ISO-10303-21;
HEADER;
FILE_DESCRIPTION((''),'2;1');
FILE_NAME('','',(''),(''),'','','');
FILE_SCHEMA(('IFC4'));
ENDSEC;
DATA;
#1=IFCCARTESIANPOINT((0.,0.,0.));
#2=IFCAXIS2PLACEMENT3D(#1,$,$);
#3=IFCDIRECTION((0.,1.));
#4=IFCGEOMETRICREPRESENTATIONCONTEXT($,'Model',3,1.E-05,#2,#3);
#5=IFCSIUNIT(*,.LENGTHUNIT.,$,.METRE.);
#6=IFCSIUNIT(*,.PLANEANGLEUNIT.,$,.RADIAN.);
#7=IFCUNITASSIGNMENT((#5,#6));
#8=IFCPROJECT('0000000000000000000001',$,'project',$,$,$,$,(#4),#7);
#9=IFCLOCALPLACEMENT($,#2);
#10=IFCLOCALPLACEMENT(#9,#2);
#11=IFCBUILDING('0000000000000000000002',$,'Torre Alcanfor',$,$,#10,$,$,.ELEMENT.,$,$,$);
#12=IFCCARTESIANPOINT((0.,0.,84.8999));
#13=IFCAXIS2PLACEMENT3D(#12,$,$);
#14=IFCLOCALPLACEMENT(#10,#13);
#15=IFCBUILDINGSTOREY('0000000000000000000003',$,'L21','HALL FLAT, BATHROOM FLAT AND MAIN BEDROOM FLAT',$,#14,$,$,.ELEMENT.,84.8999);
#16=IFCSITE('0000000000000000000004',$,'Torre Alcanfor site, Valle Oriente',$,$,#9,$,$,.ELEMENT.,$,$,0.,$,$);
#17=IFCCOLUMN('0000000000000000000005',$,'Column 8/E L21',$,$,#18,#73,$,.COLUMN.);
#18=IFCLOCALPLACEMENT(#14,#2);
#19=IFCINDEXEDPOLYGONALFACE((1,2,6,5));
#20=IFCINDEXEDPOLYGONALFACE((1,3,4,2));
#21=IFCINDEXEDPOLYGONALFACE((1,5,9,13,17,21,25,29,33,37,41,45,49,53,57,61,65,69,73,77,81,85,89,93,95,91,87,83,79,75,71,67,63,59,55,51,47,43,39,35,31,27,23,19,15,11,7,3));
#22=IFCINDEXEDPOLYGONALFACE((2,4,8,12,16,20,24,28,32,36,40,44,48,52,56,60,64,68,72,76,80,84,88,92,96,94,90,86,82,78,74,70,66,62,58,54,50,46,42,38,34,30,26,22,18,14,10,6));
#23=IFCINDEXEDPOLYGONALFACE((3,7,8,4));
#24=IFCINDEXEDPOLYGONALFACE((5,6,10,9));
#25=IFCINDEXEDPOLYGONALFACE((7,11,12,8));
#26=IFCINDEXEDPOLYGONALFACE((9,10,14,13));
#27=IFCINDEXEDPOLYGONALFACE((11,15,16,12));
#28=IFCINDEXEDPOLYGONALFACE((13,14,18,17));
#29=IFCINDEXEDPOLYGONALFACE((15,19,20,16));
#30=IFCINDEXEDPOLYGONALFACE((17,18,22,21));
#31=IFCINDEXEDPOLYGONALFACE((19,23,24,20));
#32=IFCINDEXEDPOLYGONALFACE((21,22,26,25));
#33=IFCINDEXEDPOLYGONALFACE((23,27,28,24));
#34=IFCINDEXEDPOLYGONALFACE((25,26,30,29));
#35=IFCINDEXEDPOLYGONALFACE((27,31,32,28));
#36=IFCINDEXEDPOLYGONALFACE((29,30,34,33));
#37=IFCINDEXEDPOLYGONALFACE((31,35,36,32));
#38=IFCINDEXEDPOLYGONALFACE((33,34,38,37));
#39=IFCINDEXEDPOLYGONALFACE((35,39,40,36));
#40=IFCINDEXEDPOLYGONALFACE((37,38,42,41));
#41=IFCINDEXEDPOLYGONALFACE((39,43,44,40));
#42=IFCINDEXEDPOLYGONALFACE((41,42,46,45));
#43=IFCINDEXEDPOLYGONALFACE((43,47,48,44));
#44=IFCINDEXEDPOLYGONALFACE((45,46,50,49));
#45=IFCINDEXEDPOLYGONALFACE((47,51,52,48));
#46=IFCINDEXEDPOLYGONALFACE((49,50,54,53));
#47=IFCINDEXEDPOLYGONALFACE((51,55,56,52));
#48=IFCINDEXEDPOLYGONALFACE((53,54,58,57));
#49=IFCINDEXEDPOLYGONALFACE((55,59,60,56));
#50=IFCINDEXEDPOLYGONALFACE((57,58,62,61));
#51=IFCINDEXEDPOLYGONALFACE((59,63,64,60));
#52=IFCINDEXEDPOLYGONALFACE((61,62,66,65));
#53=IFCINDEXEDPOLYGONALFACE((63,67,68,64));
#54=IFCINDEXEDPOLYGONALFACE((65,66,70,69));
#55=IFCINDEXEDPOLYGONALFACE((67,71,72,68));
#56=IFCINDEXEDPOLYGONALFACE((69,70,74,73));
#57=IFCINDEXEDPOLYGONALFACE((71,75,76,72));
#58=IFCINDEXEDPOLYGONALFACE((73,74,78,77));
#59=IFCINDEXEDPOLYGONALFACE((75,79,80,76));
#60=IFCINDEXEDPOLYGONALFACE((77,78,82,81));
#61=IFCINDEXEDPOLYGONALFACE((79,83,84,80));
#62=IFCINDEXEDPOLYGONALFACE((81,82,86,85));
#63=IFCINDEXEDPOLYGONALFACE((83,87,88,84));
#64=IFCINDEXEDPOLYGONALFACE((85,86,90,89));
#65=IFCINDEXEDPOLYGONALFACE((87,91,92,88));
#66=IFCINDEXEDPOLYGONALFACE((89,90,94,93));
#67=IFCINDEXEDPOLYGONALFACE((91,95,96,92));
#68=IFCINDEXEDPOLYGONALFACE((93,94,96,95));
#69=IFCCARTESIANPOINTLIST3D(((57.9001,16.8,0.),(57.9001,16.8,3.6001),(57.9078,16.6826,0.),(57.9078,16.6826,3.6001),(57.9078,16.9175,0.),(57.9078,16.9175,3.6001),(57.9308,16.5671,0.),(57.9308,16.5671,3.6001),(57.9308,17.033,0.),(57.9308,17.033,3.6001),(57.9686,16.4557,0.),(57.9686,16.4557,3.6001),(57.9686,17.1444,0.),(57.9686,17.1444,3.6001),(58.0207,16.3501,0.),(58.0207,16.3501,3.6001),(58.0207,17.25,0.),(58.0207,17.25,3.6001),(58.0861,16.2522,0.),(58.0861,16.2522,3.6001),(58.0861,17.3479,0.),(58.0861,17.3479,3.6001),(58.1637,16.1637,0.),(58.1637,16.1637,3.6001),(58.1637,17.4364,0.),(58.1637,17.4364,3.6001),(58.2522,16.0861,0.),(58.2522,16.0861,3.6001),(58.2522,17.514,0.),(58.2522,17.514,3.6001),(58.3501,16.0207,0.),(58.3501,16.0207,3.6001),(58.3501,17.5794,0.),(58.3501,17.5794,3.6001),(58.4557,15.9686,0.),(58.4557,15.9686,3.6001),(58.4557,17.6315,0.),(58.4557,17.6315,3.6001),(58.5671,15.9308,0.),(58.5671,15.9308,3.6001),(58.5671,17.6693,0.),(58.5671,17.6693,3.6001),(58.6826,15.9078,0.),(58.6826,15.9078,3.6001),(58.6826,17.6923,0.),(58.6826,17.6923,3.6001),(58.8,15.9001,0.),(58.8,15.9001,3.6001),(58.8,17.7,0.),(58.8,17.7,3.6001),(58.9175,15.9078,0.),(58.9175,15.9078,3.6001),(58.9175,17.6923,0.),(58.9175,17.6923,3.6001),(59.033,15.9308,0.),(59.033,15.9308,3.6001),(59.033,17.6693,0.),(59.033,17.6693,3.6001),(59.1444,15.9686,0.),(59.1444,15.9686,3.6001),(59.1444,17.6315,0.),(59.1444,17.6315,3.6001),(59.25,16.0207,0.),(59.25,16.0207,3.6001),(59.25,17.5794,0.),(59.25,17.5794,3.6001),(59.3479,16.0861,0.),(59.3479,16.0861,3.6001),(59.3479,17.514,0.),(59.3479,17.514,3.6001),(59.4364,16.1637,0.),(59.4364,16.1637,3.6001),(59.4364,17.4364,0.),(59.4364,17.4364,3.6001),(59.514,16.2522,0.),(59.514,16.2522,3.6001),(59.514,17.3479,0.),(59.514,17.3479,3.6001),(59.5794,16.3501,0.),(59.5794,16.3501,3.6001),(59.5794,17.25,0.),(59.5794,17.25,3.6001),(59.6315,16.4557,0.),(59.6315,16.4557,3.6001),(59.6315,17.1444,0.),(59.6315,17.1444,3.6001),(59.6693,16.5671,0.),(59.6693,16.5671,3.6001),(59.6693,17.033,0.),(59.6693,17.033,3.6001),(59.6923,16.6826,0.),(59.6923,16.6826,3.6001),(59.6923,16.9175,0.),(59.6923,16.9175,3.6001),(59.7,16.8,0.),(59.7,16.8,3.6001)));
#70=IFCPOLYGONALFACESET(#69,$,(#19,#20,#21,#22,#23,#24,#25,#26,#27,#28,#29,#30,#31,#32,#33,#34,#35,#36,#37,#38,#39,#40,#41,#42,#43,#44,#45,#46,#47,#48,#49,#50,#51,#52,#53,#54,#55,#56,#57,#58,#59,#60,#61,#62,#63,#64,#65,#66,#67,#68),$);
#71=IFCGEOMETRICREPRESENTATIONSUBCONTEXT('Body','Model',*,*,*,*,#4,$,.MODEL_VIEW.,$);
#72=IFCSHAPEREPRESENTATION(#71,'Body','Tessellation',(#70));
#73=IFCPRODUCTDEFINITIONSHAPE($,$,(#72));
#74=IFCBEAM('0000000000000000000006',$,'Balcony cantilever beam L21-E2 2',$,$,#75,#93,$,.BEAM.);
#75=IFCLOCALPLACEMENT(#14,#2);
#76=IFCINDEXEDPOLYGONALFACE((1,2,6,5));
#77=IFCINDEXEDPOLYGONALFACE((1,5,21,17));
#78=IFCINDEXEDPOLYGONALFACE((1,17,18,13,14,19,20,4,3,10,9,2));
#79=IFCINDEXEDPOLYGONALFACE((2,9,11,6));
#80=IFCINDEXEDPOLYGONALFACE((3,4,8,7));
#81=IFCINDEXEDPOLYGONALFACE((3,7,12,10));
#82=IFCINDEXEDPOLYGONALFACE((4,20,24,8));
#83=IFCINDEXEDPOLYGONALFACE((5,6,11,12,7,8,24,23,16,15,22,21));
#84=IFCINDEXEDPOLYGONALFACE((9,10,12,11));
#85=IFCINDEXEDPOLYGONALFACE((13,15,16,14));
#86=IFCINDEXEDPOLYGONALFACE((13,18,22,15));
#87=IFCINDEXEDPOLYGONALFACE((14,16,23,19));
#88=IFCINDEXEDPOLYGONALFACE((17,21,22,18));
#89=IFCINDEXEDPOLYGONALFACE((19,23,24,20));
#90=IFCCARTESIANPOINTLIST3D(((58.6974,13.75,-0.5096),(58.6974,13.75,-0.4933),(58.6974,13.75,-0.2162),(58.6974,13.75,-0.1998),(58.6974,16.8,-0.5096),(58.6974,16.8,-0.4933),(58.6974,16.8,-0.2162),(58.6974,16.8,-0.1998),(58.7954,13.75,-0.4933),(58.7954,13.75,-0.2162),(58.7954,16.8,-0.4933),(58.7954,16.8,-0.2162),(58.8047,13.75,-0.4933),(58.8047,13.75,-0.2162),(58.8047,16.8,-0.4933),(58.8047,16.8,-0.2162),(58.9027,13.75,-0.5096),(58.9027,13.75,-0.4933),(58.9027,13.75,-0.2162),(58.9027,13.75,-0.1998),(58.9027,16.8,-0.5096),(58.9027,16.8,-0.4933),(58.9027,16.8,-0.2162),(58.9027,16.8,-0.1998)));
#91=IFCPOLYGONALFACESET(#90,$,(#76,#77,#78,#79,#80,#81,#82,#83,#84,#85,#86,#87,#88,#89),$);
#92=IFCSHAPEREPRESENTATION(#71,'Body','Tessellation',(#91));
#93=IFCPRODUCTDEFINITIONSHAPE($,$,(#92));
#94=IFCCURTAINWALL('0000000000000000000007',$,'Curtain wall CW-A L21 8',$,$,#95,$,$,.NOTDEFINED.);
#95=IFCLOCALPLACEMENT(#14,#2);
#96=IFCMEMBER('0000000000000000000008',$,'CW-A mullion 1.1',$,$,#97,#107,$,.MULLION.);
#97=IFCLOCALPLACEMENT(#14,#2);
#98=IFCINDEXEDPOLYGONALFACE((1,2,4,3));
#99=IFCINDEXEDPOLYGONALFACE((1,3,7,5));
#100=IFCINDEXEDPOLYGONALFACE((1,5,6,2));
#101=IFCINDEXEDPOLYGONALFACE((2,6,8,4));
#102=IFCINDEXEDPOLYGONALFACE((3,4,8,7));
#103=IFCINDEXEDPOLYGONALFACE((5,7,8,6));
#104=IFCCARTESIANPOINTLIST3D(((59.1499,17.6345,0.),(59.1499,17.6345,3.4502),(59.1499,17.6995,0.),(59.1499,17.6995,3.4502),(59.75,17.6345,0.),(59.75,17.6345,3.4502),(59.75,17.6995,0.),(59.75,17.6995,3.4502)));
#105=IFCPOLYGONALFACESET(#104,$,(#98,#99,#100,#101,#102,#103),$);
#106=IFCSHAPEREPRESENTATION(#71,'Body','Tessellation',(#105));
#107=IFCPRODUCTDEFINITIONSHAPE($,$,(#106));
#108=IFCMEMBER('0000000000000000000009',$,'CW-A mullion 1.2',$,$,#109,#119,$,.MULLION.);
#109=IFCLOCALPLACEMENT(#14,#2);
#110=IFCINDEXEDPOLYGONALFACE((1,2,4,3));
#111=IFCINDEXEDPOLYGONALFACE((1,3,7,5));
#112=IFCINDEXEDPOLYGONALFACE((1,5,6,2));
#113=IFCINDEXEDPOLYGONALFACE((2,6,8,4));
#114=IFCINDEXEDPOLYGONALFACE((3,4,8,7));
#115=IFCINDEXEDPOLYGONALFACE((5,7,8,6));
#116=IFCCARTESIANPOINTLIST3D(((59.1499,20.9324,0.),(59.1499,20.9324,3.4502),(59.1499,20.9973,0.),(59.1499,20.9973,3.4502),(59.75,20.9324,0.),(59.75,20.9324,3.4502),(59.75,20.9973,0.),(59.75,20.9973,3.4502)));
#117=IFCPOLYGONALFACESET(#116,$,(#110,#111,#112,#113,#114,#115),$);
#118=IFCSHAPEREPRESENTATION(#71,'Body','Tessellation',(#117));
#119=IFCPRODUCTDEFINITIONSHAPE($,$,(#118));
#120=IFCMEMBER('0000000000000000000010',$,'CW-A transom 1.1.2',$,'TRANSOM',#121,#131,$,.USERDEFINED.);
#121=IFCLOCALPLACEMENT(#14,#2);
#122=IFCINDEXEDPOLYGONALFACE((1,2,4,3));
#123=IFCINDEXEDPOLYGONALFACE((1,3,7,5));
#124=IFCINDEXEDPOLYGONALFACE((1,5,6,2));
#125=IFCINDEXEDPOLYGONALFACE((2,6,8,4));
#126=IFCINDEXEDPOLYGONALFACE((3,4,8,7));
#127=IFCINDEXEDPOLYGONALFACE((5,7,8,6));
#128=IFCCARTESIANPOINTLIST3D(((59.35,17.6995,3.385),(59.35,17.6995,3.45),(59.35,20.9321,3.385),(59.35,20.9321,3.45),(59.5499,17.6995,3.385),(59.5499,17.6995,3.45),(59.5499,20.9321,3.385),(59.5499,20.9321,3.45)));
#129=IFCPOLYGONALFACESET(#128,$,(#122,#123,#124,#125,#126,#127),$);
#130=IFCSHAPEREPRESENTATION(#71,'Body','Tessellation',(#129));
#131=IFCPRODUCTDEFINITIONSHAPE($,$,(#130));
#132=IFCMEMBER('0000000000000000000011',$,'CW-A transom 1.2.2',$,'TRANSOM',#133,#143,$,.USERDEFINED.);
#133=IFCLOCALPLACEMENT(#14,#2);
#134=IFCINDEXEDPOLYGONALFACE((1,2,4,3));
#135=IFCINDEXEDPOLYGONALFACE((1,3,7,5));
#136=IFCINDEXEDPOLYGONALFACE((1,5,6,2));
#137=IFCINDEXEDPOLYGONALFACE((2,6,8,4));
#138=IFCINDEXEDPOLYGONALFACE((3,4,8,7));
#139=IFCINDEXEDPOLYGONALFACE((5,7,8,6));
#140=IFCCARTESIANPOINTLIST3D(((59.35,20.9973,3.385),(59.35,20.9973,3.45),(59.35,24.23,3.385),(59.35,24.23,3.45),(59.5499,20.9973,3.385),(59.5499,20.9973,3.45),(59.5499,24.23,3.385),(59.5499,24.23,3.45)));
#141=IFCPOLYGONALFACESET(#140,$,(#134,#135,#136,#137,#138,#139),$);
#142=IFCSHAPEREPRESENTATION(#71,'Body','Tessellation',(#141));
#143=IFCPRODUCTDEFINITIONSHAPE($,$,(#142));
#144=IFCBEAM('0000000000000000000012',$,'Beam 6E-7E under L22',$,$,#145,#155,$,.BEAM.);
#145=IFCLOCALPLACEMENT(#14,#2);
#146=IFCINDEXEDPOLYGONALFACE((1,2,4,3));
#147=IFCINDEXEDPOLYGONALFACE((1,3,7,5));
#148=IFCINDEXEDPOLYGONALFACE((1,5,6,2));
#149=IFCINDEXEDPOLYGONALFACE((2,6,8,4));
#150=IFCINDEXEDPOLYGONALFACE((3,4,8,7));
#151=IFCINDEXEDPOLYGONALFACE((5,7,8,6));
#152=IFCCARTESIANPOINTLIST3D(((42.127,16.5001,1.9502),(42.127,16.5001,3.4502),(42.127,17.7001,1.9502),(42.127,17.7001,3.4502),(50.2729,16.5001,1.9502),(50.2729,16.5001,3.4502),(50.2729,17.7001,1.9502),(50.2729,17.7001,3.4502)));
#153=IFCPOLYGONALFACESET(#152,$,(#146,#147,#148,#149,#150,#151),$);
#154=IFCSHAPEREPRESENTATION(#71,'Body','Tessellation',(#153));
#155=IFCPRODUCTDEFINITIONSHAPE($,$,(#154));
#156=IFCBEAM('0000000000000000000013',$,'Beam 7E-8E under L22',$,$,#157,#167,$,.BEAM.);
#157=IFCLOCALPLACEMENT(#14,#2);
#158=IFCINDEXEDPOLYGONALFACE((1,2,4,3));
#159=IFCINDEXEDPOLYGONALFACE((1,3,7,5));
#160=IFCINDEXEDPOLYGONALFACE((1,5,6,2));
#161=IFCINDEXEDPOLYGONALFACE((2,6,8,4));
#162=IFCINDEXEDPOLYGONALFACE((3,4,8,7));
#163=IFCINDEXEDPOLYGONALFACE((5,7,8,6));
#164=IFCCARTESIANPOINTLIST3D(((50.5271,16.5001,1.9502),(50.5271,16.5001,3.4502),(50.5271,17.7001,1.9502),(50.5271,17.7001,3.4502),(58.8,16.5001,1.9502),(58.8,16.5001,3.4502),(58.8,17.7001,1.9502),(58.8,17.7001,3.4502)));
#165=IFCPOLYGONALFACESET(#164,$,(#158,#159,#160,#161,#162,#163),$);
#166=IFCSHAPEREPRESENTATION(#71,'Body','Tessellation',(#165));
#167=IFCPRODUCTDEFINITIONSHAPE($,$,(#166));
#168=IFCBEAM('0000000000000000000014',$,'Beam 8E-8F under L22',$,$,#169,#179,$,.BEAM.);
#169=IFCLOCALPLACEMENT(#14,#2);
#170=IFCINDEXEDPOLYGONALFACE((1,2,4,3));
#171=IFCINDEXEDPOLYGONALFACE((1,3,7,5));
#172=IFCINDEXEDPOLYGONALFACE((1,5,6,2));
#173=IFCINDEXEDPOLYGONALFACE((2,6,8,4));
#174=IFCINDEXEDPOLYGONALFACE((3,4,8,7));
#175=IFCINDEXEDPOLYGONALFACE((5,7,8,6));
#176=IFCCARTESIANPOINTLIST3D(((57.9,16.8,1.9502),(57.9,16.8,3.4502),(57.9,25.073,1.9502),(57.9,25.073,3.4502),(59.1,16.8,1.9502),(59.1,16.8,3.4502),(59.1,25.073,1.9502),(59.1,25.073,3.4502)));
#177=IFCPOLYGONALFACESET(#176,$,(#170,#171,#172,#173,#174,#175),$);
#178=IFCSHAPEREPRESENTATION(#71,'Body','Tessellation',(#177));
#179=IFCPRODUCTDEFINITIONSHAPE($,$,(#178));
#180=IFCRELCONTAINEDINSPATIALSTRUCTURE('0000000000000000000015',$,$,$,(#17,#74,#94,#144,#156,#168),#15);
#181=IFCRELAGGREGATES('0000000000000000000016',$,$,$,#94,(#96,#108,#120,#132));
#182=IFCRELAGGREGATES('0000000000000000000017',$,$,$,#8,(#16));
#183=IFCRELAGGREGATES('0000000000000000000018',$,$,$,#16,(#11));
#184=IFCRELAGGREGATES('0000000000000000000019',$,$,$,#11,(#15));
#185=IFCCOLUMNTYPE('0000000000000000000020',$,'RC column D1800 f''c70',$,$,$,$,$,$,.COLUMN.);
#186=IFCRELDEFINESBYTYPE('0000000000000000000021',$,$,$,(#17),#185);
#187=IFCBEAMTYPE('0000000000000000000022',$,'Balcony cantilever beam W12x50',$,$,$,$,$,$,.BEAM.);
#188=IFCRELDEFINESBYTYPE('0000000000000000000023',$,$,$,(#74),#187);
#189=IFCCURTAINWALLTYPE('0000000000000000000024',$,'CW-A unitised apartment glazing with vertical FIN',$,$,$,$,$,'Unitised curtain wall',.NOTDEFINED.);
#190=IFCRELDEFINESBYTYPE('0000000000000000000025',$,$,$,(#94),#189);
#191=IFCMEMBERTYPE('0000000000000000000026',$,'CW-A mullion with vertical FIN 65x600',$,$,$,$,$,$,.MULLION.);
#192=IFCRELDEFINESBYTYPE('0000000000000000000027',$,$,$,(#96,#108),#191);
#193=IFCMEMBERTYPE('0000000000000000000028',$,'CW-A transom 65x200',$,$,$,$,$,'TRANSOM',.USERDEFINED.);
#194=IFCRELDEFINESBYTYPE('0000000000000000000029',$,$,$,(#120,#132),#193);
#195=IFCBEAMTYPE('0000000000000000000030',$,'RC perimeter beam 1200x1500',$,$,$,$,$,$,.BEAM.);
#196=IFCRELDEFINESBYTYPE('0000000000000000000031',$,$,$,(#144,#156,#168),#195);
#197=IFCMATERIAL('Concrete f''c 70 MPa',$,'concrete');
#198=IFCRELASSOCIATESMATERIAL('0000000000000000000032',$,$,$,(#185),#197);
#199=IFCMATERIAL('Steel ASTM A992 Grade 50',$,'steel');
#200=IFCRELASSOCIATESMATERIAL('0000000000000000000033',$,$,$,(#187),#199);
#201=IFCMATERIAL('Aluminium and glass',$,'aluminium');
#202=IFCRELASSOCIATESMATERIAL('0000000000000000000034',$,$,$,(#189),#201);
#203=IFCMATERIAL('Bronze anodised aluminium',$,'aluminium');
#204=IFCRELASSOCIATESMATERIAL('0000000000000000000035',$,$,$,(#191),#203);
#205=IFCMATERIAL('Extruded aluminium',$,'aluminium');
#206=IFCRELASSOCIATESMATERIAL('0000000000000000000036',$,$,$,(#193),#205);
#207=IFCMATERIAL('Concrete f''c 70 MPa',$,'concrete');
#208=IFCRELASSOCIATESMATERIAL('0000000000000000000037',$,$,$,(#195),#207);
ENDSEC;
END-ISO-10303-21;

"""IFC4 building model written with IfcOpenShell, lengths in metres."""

from ifc_helpers import new_model, si_unit, direction, frame, origin, origin_2d, place, context, subcontext, project, spatial, rectangle, circle, i_section, extrude, material, material_profile, profile_set, type_object, element, aggregate, save


model = new_model("IFC4")

# Units and contexts
model_context = context("Model", 3, precision=1e-05, world=origin(), true_north=direction((0.0, 1.0)))
body_context = subcontext(model_context, "Body", "Model", "MODEL_VIEW")
ifc_project = project(units=[si_unit("LENGTHUNIT", "METRE"), si_unit("PLANEANGLEUNIT", "RADIAN")], contexts=[model_context])

# Site, building, storey
site_placement = place(None, origin())
site = spatial("IfcSite", under=ifc_project, at=site_placement, Name="Torre Alcanfor site, Valle Oriente", CompositionType="ELEMENT", RefElevation=0.0)
building_placement = place(site_placement, origin())
building = spatial("IfcBuilding", under=site, at=building_placement, Name="Torre Alcanfor", CompositionType="ELEMENT")
storey_placement = place(building_placement, frame((0.0, 0.0, 84.8999)))
storey = spatial("IfcBuildingStorey", under=building, at=storey_placement, Name="L21", Description="HALL FLAT, BATHROOM FLAT AND MAIN BEDROOM FLAT", CompositionType="ELEMENT", Elevation=84.8999)

# Column
ifc_material_1 = material(Name="Concrete f'c 70 MPa", Category="concrete")
ifc_material_profile_1 = material_profile(ifc_material_1, circle(Radius=0.8999, at=origin_2d()), Name="D1800")
ifc_profile_set_1 = profile_set([ifc_material_profile_1], Name="Concrete f'c 70 MPa")
column_type = type_object("IfcColumnType", Name="RC column D1800 f'c70", PredefinedType="COLUMN", material=ifc_profile_set_1)
column_placement = place(storey_placement, frame((58.8, 16.8, 0.0), z_axis=(0.0, 0.0, 1.0), x_axis=(1.0, 0.0, 0.0)))
element("IfcColumn", 1, at=column_placement, inside=storey, type_object=column_type, Name="Column 8/E L21", PredefinedType="COLUMN", context=body_context, shape_type="SweptSolid", body=[
    extrude(circle(Radius=0.8999, at=origin_2d()), origin(), (0.0, 0.0, 1.0), 3.6001),
])

# Beam
ifc_material_2 = material(Name="Steel ASTM A992 Grade 50", Category="steel")
ifc_material_profile_2 = material_profile(ifc_material_2, i_section(OverallWidth=0.2053, OverallDepth=0.3098, WebThickness=0.0093, FlangeThickness=0.0164, at=origin_2d()), Name="W12x50")
ifc_profile_set_2 = profile_set([ifc_material_profile_2], Name="Steel ASTM A992 Grade 50")
beam_type_1 = type_object("IfcBeamType", Name="Balcony cantilever beam W12x50", PredefinedType="BEAM", material=ifc_profile_set_2)
beam_1_placement = place(storey_placement, frame((58.8, 16.8, -0.3547), z_axis=(0.0, -1.0, 0.0), x_axis=(1.0, 0.0, 0.0)))
element("IfcBeam", 2, at=beam_1_placement, inside=storey, type_object=beam_type_1, Name="Balcony cantilever beam L21-E2 2", PredefinedType="BEAM", context=body_context, shape_type="SweptSolid", body=[
    extrude(i_section(OverallWidth=0.2053, OverallDepth=0.3098, WebThickness=0.0093, FlangeThickness=0.0164, at=origin_2d()), origin(), (0.0, 0.0, 1.0), 3.05),
])

# Curtain wall, members
ifc_material_3 = material(Name="Aluminium and glass", Category="aluminium")
curtain_wall_type = type_object("IfcCurtainWallType", Name="CW-A unitised apartment glazing with vertical FIN", ElementType="Unitised curtain wall", PredefinedType="NOTDEFINED", material=ifc_material_3)
curtain_wall_placement = place(storey_placement, origin())
curtain_wall = element("IfcCurtainWall", 3, at=curtain_wall_placement, inside=storey, type_object=curtain_wall_type, Name="Curtain wall CW-A L21 8", PredefinedType="NOTDEFINED")
ifc_material_4 = material(Name="Bronze anodised aluminium", Category="aluminium")
ifc_material_profile_3 = material_profile(ifc_material_4, rectangle(XDim=0.6001, YDim=0.0649, at=origin_2d()), Name="CW-A mullion 65x600")
ifc_profile_set_3 = profile_set([ifc_material_profile_3], Name="Bronze anodised aluminium")
member_type_1 = type_object("IfcMemberType", Name="CW-A mullion with vertical FIN 65x600", PredefinedType="MULLION", material=ifc_profile_set_3)
member_1_placement = place(storey_placement, frame((59.45, 17.667, 0.0), z_axis=(0.0, 0.0, 1.0), x_axis=(-1.0, 0.0, 0.0)))
member_1 = element("IfcMember", 4, at=member_1_placement, type_object=member_type_1, Name="CW-A mullion 1.1", PredefinedType="MULLION", context=body_context, shape_type="SweptSolid", body=[
    extrude(rectangle(XDim=0.6001, YDim=0.0649, at=origin_2d()), origin(), (0.0, 0.0, 1.0), 3.4502),
])
member_2_placement = place(storey_placement, frame((59.45, 20.9648, 0.0), z_axis=(0.0, 0.0, 1.0), x_axis=(-1.0, 0.0, 0.0)))
member_2 = element("IfcMember", 5, at=member_2_placement, type_object=member_type_1, Name="CW-A mullion 1.2", PredefinedType="MULLION", context=body_context, shape_type="SweptSolid", body=[
    extrude(rectangle(XDim=0.6001, YDim=0.0649, at=origin_2d()), origin(), (0.0, 0.0, 1.0), 3.4502),
])
ifc_material_5 = material(Name="Extruded aluminium", Category="aluminium")
ifc_material_profile_4 = material_profile(ifc_material_5, rectangle(XDim=0.2, YDim=0.0649, at=origin_2d()), Name="CW-A transom 200x65")
ifc_profile_set_4 = profile_set([ifc_material_profile_4], Name="Extruded aluminium")
member_type_2 = type_object("IfcMemberType", Name="CW-A transom 65x200", ElementType="TRANSOM", PredefinedType="USERDEFINED", material=ifc_profile_set_4)
member_3_placement = place(storey_placement, frame((59.45, 17.6995, 3.4175), z_axis=(0.0, 1.0, 0.0), x_axis=(-1.0, 0.0, 0.0)))
member_3 = element("IfcMember", 6, at=member_3_placement, type_object=member_type_2, Name="CW-A transom 1.1.2", ObjectType="TRANSOM", PredefinedType="USERDEFINED", context=body_context, shape_type="SweptSolid", body=[
    extrude(rectangle(XDim=0.2, YDim=0.0649, at=origin_2d()), origin(), (0.0, 0.0, 1.0), 3.2327),
])
member_4_placement = place(storey_placement, frame((59.45, 20.9973, 3.4175), z_axis=(0.0, 1.0, 0.0), x_axis=(-1.0, 0.0, 0.0)))
member_4 = element("IfcMember", 7, at=member_4_placement, type_object=member_type_2, Name="CW-A transom 1.2.2", ObjectType="TRANSOM", PredefinedType="USERDEFINED", context=body_context, shape_type="SweptSolid", body=[
    extrude(rectangle(XDim=0.2, YDim=0.0649, at=origin_2d()), origin(), (0.0, 0.0, 1.0), 3.2327),
])

# Beams
ifc_material_6 = material(Name="Concrete f'c 70 MPa", Category="concrete")
ifc_material_profile_5 = material_profile(ifc_material_6, rectangle(XDim=1.2, YDim=1.5, at=origin_2d()), Name="1200x1500")
ifc_profile_set_5 = profile_set([ifc_material_profile_5], Name="Concrete f'c 70 MPa")
beam_type_2 = type_object("IfcBeamType", Name="RC perimeter beam 1200x1500", PredefinedType="BEAM", material=ifc_profile_set_5)
beam_2_placement = place(storey_placement, frame((42.127, 17.1001, 2.7002), z_axis=(1.0, 0.0, 0.0), x_axis=(0.0, 1.0, 0.0)))
element("IfcBeam", 8, at=beam_2_placement, inside=storey, type_object=beam_type_2, Name="Beam 6E-7E under L22", PredefinedType="BEAM", context=body_context, shape_type="SweptSolid", body=[
    extrude(rectangle(XDim=1.2, YDim=1.5, at=origin_2d()), origin(), (0.0, 0.0, 1.0), 8.146),
])
for number, where, z_axis, x_axis, name in (
    (9, (50.5271, 17.1001, 2.7002), (1.0, 0.0, 0.0), (0.0, 1.0, 0.0), "Beam 7E-8E under L22"),
    (10, (58.5, 16.8, 2.7002), (0.0, 1.0, 0.0), (-1.0, 0.0, 0.0), "Beam 8E-8F under L22"),
):
    element("IfcBeam", number, at=place(storey_placement, frame(where, z_axis=z_axis, x_axis=x_axis)), inside=storey, type_object=beam_type_2, Name=name, PredefinedType="BEAM", context=body_context, shape_type="SweptSolid", body=[
        extrude(rectangle(XDim=1.2, YDim=1.5, at=origin_2d()), origin(), (0.0, 0.0, 1.0), 8.2729),
    ])

aggregate(curtain_wall, [member_1, member_2, member_3, member_4])

save(model, "model.ifc")
